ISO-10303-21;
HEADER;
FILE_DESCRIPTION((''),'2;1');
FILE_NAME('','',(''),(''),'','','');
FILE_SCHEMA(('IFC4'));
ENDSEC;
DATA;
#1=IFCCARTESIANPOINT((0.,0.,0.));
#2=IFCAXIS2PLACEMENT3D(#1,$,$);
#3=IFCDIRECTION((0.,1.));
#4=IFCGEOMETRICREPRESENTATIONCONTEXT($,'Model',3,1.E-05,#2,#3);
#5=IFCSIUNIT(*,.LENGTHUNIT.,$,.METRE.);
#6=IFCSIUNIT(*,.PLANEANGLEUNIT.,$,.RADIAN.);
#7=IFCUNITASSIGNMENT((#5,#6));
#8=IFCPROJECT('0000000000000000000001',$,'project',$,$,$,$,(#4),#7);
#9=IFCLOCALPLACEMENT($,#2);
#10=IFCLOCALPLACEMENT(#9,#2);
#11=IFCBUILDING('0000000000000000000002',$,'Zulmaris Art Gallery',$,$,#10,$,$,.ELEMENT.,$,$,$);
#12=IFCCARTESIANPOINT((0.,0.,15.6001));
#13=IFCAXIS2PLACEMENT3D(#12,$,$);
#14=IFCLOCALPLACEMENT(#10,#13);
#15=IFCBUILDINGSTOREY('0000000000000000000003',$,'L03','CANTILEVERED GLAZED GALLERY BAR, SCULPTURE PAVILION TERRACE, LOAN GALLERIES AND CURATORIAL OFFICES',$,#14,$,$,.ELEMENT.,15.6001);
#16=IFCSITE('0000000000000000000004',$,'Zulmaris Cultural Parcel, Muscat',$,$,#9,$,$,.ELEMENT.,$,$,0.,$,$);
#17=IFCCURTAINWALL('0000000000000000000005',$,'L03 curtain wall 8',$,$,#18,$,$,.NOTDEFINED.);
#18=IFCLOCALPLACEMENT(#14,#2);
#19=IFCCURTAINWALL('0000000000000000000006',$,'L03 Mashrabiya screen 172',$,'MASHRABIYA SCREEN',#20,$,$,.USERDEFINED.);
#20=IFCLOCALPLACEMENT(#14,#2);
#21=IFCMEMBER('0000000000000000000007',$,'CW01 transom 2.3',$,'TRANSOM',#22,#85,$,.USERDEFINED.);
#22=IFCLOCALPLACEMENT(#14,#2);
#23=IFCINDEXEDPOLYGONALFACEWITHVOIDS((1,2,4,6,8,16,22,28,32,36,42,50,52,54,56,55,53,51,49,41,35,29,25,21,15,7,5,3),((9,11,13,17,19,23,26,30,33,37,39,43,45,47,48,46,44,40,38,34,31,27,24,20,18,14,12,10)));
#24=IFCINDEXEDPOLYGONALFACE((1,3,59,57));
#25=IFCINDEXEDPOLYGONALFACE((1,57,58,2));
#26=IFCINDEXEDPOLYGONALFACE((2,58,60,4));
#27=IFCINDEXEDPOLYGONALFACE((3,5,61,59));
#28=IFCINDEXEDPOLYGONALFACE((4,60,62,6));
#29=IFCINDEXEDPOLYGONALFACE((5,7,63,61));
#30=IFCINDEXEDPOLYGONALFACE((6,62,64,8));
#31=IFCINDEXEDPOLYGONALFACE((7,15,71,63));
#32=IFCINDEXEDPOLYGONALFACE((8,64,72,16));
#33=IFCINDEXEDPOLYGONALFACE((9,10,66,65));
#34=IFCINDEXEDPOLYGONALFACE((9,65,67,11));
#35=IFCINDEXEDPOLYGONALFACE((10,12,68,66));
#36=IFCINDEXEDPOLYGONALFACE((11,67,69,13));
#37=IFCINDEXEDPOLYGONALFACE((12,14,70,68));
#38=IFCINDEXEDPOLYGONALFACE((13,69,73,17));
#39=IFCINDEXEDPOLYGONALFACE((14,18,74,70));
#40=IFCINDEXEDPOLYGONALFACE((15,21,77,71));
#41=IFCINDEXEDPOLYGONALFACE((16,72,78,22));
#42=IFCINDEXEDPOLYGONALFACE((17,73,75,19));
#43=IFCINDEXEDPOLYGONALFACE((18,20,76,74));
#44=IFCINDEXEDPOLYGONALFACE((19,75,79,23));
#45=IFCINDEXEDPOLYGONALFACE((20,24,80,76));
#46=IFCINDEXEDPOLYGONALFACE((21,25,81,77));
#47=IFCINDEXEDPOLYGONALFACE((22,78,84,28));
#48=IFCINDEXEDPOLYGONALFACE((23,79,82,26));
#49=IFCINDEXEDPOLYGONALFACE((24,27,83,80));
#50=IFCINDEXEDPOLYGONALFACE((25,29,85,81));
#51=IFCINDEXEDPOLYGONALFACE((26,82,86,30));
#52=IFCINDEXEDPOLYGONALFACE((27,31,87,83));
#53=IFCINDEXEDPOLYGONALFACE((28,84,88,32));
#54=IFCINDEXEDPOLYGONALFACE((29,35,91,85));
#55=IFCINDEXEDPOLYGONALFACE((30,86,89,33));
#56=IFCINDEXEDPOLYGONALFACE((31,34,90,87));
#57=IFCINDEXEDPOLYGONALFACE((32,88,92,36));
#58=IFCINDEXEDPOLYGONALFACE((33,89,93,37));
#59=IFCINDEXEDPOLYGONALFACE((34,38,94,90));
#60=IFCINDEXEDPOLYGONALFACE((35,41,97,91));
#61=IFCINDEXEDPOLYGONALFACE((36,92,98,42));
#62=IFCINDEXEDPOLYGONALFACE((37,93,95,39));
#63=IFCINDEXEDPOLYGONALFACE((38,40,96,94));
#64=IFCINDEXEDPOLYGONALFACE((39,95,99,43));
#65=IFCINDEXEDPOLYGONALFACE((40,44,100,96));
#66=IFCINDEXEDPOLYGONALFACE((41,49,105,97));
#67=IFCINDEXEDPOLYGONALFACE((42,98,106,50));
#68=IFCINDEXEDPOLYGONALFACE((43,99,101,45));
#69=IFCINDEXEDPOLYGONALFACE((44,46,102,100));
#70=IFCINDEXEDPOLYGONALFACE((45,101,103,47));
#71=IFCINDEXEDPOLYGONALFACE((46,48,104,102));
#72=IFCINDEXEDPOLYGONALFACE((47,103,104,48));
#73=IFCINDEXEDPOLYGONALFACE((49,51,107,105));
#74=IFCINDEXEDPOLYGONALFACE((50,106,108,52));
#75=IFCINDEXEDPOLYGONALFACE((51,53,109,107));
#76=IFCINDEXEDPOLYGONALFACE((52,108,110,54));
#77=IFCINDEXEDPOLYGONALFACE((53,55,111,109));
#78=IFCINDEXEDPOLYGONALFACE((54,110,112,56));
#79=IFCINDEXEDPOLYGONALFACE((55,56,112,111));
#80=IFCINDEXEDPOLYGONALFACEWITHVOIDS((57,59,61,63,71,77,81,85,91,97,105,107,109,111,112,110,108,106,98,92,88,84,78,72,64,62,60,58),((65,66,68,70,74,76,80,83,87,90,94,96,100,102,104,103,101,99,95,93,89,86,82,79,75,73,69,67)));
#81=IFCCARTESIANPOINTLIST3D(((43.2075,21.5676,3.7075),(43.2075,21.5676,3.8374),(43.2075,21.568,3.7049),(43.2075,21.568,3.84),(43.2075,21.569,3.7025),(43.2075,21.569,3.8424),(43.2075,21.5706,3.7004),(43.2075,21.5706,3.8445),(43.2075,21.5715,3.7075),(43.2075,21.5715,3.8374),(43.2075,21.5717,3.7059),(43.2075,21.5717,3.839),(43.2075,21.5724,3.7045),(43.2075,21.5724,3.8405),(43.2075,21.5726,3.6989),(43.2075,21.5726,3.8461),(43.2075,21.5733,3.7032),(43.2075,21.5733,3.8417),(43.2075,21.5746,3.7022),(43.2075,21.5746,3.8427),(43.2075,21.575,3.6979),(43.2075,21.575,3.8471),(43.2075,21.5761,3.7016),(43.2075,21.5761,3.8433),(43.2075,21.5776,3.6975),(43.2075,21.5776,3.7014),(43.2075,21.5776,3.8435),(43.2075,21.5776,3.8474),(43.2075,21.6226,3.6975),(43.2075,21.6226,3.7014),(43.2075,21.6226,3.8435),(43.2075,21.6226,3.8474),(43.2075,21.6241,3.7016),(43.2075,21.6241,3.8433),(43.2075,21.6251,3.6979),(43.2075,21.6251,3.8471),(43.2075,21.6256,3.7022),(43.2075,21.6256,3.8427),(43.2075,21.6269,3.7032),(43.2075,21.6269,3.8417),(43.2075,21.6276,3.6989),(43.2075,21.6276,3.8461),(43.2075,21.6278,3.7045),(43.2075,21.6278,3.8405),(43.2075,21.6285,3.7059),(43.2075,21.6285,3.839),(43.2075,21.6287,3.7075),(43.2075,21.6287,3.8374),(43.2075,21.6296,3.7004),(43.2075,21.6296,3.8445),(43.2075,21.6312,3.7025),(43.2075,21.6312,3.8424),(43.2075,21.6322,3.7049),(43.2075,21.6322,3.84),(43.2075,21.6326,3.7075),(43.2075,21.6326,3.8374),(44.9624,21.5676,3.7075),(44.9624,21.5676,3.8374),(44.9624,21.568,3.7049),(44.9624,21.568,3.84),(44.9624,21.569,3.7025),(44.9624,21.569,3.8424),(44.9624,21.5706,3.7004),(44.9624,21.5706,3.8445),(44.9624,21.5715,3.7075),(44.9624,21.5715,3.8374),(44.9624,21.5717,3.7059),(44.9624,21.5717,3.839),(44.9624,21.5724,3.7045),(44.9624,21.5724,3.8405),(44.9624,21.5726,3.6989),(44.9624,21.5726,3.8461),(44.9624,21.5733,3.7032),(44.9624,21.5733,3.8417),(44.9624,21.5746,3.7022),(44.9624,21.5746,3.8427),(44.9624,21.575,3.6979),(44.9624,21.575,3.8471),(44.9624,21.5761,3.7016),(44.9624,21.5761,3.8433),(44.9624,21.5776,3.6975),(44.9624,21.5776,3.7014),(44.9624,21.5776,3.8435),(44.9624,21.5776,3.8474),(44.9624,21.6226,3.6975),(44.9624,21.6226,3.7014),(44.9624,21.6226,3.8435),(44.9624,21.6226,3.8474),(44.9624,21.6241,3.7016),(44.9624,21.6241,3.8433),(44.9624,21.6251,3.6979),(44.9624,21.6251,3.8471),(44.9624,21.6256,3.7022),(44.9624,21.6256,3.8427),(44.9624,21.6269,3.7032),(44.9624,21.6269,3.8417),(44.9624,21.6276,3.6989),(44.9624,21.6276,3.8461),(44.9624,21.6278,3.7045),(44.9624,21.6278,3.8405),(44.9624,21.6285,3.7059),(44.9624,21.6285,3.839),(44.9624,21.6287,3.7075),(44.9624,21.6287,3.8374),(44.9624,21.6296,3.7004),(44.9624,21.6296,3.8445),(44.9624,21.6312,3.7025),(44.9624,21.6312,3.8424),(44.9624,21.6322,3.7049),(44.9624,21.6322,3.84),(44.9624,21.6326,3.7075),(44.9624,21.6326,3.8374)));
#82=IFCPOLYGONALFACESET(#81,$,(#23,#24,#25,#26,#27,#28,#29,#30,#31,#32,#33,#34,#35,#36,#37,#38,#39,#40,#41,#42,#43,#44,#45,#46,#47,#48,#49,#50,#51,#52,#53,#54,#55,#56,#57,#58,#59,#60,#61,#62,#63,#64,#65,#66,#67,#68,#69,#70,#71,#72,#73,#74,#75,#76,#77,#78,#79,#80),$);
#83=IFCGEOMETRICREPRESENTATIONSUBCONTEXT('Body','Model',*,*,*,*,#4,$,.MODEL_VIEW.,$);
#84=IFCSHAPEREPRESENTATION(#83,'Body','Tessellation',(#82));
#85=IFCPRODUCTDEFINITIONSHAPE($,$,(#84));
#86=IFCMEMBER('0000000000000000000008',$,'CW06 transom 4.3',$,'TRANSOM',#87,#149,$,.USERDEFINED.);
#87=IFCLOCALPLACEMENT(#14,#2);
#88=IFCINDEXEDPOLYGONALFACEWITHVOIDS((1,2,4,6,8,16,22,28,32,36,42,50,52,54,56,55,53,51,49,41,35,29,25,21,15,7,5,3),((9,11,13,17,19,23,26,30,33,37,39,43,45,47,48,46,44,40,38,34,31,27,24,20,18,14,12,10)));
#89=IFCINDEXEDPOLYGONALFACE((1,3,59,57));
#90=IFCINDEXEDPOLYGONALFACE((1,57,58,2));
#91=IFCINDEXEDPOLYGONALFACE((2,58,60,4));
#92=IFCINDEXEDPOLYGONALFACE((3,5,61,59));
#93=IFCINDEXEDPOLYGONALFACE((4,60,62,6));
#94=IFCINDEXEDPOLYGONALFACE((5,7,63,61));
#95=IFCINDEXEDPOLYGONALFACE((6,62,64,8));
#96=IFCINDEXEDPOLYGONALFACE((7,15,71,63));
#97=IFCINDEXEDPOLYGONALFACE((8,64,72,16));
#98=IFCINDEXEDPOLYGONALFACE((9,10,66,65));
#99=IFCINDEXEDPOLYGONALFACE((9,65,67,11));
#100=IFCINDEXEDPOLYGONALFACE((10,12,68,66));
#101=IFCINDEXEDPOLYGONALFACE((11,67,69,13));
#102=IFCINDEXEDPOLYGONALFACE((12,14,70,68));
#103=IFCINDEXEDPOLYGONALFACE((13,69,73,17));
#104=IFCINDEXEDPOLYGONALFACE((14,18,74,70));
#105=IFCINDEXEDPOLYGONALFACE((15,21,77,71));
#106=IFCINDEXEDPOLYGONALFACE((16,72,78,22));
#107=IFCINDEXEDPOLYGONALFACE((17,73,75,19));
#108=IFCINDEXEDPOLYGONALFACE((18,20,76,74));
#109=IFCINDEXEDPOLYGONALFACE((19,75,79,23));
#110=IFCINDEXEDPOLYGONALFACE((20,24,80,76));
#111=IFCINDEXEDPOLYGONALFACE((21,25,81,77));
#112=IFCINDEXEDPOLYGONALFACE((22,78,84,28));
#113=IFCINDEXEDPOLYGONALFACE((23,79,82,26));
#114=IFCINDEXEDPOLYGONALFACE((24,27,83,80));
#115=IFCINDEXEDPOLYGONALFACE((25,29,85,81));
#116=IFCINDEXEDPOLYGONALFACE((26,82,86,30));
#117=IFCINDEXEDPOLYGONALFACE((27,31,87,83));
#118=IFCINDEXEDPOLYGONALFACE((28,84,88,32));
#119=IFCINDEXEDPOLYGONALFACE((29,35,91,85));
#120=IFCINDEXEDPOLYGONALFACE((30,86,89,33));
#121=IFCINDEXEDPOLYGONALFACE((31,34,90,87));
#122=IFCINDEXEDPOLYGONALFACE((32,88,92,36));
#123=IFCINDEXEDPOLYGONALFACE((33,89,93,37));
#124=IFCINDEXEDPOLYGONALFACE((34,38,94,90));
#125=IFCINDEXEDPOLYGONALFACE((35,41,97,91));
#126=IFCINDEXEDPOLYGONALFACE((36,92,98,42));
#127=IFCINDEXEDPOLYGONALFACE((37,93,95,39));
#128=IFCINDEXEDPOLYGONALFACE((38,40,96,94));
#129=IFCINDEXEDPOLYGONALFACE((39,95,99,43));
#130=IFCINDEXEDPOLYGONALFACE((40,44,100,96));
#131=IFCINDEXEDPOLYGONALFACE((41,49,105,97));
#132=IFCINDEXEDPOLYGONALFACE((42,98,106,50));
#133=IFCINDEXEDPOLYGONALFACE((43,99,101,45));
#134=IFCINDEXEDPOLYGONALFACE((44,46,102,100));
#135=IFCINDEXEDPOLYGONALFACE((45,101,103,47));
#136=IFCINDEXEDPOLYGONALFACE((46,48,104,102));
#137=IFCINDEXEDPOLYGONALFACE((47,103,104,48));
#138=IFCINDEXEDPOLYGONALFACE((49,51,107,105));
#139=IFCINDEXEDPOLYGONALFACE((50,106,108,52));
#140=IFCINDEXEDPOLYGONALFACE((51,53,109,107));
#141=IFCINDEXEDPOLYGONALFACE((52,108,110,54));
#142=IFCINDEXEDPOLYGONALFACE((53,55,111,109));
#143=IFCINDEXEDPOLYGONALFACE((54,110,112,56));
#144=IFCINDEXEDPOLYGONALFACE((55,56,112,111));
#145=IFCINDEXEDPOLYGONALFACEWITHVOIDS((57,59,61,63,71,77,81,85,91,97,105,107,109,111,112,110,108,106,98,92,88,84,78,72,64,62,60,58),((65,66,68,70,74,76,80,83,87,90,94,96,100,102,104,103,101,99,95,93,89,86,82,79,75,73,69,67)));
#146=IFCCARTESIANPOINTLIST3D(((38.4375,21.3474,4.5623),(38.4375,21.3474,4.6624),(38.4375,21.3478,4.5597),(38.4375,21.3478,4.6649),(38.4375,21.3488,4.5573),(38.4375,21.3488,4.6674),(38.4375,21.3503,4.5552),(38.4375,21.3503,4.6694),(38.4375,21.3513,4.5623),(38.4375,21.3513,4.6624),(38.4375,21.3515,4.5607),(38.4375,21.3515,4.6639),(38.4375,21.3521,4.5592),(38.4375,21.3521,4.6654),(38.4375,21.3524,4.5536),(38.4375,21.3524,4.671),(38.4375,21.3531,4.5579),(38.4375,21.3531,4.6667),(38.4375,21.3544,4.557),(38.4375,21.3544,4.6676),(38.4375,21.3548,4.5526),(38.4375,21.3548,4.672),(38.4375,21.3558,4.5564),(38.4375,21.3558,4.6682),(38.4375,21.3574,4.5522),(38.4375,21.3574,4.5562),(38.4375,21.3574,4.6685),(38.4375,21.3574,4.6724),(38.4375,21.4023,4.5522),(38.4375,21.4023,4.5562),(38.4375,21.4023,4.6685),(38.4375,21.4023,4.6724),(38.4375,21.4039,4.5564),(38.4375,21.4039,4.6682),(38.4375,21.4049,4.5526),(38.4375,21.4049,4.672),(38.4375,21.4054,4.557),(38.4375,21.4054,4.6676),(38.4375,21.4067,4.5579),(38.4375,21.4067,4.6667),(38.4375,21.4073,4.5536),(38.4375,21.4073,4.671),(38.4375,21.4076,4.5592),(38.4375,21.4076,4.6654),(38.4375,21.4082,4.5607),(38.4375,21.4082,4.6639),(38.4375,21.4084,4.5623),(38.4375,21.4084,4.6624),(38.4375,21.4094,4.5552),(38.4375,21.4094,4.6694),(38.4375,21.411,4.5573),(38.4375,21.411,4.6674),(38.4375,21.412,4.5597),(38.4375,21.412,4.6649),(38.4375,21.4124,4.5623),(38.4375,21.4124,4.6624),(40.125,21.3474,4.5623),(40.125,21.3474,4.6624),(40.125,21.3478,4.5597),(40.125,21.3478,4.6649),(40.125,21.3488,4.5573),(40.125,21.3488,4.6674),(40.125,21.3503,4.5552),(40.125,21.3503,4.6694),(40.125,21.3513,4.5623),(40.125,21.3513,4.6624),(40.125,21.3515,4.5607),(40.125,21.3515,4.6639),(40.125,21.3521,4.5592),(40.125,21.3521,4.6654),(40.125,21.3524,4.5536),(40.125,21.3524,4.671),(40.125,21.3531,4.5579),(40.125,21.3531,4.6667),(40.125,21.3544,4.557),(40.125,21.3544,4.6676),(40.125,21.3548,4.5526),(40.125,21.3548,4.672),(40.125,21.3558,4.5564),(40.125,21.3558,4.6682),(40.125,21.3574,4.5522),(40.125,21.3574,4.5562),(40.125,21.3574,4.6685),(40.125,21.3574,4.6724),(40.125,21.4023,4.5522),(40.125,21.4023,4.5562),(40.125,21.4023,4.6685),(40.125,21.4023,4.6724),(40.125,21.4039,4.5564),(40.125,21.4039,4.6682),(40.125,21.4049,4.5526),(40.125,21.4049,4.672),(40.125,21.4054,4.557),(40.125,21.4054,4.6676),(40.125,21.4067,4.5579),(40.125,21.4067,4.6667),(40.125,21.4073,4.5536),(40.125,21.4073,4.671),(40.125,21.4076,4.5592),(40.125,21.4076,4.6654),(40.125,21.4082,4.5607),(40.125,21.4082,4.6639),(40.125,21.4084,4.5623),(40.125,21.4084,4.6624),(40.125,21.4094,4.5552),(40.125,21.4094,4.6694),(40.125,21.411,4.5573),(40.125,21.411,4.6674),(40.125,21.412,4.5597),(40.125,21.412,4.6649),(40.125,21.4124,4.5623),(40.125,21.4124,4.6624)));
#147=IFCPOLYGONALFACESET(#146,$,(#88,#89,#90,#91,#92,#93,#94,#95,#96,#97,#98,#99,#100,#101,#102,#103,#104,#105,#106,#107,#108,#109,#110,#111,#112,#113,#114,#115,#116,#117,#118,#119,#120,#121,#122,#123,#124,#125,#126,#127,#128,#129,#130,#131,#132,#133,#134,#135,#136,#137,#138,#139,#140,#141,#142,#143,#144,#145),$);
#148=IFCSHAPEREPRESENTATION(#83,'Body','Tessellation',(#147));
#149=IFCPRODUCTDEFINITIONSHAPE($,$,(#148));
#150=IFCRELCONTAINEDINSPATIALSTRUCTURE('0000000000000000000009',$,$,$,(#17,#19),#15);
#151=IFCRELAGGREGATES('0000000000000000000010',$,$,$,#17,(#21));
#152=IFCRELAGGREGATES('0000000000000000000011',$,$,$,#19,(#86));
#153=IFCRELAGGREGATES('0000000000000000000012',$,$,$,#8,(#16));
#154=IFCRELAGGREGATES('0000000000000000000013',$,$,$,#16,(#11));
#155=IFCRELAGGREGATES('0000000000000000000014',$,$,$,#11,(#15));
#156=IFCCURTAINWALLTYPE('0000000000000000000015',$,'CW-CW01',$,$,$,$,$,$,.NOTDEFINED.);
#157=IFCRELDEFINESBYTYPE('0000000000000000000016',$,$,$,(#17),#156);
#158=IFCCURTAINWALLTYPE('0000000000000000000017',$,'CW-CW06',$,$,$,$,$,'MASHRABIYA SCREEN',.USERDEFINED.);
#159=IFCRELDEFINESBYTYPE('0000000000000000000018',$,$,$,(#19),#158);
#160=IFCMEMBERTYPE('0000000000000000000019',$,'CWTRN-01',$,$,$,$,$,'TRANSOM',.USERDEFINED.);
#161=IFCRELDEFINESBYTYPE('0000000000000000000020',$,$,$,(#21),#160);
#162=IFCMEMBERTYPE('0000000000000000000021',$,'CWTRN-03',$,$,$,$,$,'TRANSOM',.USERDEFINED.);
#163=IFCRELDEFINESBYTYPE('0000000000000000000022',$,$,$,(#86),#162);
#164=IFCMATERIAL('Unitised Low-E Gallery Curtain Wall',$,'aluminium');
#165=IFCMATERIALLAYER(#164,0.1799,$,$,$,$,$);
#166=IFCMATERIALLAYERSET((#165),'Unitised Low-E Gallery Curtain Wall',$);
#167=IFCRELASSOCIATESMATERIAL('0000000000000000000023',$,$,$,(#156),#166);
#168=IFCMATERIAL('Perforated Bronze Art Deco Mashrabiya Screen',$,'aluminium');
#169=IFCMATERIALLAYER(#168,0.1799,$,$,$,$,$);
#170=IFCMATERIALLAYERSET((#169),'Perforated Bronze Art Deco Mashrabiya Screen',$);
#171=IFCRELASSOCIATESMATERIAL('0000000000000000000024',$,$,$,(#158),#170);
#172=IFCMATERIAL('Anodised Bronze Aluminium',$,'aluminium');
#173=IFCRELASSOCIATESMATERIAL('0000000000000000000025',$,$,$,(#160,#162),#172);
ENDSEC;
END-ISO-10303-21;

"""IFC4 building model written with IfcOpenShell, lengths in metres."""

from ifc_helpers import new_model, si_unit, direction, frame, origin, origin_2d, place, context, subcontext, project, spatial, hollow_rectangle, extrude, material, layer, layer_set, material_profile, profile_set, type_object, element, aggregate, save


model = new_model("IFC4")

# Units and contexts
model_context = context("Model", 3, precision=1e-05, world=origin(), true_north=direction((0.0, 1.0)))
body_context = subcontext(model_context, "Body", "Model", "MODEL_VIEW")
ifc_project = project(units=[si_unit("LENGTHUNIT", "METRE"), si_unit("PLANEANGLEUNIT", "RADIAN")], contexts=[model_context])

# Site, building, storey
site_placement = place(None, origin())
site = spatial("IfcSite", under=ifc_project, at=site_placement, Name="Zulmaris Cultural Parcel, Muscat", CompositionType="ELEMENT", RefElevation=0.0)
building_placement = place(site_placement, origin())
building = spatial("IfcBuilding", under=site, at=building_placement, Name="Zulmaris Art Gallery", CompositionType="ELEMENT")
storey_placement = place(building_placement, frame((0.0, 0.0, 15.6001)))
storey = spatial("IfcBuildingStorey", under=building, at=storey_placement, Name="L03", Description="CANTILEVERED GLAZED GALLERY BAR, SCULPTURE PAVILION TERRACE, LOAN GALLERIES AND CURATORIAL OFFICES", CompositionType="ELEMENT", Elevation=15.6001)

# Curtain wall
ifc_material_1 = material(Name="Unitised Low-E Gallery Curtain Wall", Category="aluminium")
ifc_layer_1 = layer(ifc_material_1, 0.1799)
ifc_layer_set_1 = layer_set([ifc_layer_1], Name="Unitised Low-E Gallery Curtain Wall")
curtain_wall_type_1 = type_object("IfcCurtainWallType", Name="CW-CW01", PredefinedType="NOTDEFINED", material=ifc_layer_set_1)
curtain_wall_1_placement = place(storey_placement, origin())
curtain_wall_1 = element("IfcCurtainWall", 1, at=curtain_wall_1_placement, inside=storey, type_object=curtain_wall_type_1, Name="L03 curtain wall 8", PredefinedType="NOTDEFINED")
ifc_material_2 = material(Name="Anodised Bronze Aluminium", Category="aluminium")

# Curtain wall
ifc_material_3 = material(Name="Perforated Bronze Art Deco Mashrabiya Screen", Category="aluminium")
ifc_layer_2 = layer(ifc_material_3, 0.1799)
ifc_layer_set_2 = layer_set([ifc_layer_2], Name="Perforated Bronze Art Deco Mashrabiya Screen")
curtain_wall_type_2 = type_object("IfcCurtainWallType", Name="CW-CW06", ElementType="MASHRABIYA SCREEN", PredefinedType="USERDEFINED", material=ifc_layer_set_2)
curtain_wall_2_placement = place(storey_placement, origin())
curtain_wall_2 = element("IfcCurtainWall", 2, at=curtain_wall_2_placement, inside=storey, type_object=curtain_wall_type_2, Name="L03 Mashrabiya screen 172", ObjectType="MASHRABIYA SCREEN", PredefinedType="USERDEFINED")

# Members
ifc_material_profile_1 = material_profile(ifc_material_2, hollow_rectangle(XDim=0.0649, YDim=0.1499, WallThickness=0.0039, InnerFilletRadius=0.0061, OuterFilletRadius=0.01, at=origin_2d()), Name="ALU 65x150x4")
ifc_profile_set_1 = profile_set([ifc_material_profile_1], Name="Anodised Bronze Aluminium")
member_type_1 = type_object("IfcMemberType", Name="CWTRN-01", ElementType="TRANSOM", PredefinedType="USERDEFINED", material=ifc_profile_set_1)
member_1_placement = place(storey_placement, frame((43.2075, 21.6001, 3.7725), z_axis=(1.0, 0.0, 0.0), x_axis=(0.0, 1.0, 0.0)))
member_1 = element("IfcMember", 3, at=member_1_placement, type_object=member_type_1, Name="CW01 transom 2.3", ObjectType="TRANSOM", PredefinedType="USERDEFINED", context=body_context, shape_type="SweptSolid", body=[
    extrude(hollow_rectangle(XDim=0.0649, YDim=0.1499, WallThickness=0.0039, InnerFilletRadius=0.0061, OuterFilletRadius=0.01, at=origin_2d()), origin(), (0.0, 0.0, 1.0), 1.7549),
])
ifc_material_profile_2 = material_profile(ifc_material_2, hollow_rectangle(XDim=0.0649, YDim=0.1201, WallThickness=0.0039, InnerFilletRadius=0.0061, OuterFilletRadius=0.01, at=origin_2d()), Name="ALU 65x120x4")
ifc_profile_set_2 = profile_set([ifc_material_profile_2], Name="Anodised Bronze Aluminium")
member_type_2 = type_object("IfcMemberType", Name="CWTRN-03", ElementType="TRANSOM", PredefinedType="USERDEFINED", material=ifc_profile_set_2)
member_2_placement = place(storey_placement, frame((38.4375, 21.3799, 4.6123), z_axis=(1.0, 0.0, 0.0), x_axis=(0.0, 1.0, 0.0)))
member_2 = element("IfcMember", 4, at=member_2_placement, type_object=member_type_2, Name="CW06 transom 4.3", ObjectType="TRANSOM", PredefinedType="USERDEFINED", context=body_context, shape_type="SweptSolid", body=[
    extrude(hollow_rectangle(XDim=0.0649, YDim=0.1201, WallThickness=0.0039, InnerFilletRadius=0.0061, OuterFilletRadius=0.01, at=origin_2d()), origin(), (0.0, 0.0, 1.0), 1.6875),
])

aggregate(curtain_wall_1, [member_1])
aggregate(curtain_wall_2, [member_2])

save(model, "model.ifc")
